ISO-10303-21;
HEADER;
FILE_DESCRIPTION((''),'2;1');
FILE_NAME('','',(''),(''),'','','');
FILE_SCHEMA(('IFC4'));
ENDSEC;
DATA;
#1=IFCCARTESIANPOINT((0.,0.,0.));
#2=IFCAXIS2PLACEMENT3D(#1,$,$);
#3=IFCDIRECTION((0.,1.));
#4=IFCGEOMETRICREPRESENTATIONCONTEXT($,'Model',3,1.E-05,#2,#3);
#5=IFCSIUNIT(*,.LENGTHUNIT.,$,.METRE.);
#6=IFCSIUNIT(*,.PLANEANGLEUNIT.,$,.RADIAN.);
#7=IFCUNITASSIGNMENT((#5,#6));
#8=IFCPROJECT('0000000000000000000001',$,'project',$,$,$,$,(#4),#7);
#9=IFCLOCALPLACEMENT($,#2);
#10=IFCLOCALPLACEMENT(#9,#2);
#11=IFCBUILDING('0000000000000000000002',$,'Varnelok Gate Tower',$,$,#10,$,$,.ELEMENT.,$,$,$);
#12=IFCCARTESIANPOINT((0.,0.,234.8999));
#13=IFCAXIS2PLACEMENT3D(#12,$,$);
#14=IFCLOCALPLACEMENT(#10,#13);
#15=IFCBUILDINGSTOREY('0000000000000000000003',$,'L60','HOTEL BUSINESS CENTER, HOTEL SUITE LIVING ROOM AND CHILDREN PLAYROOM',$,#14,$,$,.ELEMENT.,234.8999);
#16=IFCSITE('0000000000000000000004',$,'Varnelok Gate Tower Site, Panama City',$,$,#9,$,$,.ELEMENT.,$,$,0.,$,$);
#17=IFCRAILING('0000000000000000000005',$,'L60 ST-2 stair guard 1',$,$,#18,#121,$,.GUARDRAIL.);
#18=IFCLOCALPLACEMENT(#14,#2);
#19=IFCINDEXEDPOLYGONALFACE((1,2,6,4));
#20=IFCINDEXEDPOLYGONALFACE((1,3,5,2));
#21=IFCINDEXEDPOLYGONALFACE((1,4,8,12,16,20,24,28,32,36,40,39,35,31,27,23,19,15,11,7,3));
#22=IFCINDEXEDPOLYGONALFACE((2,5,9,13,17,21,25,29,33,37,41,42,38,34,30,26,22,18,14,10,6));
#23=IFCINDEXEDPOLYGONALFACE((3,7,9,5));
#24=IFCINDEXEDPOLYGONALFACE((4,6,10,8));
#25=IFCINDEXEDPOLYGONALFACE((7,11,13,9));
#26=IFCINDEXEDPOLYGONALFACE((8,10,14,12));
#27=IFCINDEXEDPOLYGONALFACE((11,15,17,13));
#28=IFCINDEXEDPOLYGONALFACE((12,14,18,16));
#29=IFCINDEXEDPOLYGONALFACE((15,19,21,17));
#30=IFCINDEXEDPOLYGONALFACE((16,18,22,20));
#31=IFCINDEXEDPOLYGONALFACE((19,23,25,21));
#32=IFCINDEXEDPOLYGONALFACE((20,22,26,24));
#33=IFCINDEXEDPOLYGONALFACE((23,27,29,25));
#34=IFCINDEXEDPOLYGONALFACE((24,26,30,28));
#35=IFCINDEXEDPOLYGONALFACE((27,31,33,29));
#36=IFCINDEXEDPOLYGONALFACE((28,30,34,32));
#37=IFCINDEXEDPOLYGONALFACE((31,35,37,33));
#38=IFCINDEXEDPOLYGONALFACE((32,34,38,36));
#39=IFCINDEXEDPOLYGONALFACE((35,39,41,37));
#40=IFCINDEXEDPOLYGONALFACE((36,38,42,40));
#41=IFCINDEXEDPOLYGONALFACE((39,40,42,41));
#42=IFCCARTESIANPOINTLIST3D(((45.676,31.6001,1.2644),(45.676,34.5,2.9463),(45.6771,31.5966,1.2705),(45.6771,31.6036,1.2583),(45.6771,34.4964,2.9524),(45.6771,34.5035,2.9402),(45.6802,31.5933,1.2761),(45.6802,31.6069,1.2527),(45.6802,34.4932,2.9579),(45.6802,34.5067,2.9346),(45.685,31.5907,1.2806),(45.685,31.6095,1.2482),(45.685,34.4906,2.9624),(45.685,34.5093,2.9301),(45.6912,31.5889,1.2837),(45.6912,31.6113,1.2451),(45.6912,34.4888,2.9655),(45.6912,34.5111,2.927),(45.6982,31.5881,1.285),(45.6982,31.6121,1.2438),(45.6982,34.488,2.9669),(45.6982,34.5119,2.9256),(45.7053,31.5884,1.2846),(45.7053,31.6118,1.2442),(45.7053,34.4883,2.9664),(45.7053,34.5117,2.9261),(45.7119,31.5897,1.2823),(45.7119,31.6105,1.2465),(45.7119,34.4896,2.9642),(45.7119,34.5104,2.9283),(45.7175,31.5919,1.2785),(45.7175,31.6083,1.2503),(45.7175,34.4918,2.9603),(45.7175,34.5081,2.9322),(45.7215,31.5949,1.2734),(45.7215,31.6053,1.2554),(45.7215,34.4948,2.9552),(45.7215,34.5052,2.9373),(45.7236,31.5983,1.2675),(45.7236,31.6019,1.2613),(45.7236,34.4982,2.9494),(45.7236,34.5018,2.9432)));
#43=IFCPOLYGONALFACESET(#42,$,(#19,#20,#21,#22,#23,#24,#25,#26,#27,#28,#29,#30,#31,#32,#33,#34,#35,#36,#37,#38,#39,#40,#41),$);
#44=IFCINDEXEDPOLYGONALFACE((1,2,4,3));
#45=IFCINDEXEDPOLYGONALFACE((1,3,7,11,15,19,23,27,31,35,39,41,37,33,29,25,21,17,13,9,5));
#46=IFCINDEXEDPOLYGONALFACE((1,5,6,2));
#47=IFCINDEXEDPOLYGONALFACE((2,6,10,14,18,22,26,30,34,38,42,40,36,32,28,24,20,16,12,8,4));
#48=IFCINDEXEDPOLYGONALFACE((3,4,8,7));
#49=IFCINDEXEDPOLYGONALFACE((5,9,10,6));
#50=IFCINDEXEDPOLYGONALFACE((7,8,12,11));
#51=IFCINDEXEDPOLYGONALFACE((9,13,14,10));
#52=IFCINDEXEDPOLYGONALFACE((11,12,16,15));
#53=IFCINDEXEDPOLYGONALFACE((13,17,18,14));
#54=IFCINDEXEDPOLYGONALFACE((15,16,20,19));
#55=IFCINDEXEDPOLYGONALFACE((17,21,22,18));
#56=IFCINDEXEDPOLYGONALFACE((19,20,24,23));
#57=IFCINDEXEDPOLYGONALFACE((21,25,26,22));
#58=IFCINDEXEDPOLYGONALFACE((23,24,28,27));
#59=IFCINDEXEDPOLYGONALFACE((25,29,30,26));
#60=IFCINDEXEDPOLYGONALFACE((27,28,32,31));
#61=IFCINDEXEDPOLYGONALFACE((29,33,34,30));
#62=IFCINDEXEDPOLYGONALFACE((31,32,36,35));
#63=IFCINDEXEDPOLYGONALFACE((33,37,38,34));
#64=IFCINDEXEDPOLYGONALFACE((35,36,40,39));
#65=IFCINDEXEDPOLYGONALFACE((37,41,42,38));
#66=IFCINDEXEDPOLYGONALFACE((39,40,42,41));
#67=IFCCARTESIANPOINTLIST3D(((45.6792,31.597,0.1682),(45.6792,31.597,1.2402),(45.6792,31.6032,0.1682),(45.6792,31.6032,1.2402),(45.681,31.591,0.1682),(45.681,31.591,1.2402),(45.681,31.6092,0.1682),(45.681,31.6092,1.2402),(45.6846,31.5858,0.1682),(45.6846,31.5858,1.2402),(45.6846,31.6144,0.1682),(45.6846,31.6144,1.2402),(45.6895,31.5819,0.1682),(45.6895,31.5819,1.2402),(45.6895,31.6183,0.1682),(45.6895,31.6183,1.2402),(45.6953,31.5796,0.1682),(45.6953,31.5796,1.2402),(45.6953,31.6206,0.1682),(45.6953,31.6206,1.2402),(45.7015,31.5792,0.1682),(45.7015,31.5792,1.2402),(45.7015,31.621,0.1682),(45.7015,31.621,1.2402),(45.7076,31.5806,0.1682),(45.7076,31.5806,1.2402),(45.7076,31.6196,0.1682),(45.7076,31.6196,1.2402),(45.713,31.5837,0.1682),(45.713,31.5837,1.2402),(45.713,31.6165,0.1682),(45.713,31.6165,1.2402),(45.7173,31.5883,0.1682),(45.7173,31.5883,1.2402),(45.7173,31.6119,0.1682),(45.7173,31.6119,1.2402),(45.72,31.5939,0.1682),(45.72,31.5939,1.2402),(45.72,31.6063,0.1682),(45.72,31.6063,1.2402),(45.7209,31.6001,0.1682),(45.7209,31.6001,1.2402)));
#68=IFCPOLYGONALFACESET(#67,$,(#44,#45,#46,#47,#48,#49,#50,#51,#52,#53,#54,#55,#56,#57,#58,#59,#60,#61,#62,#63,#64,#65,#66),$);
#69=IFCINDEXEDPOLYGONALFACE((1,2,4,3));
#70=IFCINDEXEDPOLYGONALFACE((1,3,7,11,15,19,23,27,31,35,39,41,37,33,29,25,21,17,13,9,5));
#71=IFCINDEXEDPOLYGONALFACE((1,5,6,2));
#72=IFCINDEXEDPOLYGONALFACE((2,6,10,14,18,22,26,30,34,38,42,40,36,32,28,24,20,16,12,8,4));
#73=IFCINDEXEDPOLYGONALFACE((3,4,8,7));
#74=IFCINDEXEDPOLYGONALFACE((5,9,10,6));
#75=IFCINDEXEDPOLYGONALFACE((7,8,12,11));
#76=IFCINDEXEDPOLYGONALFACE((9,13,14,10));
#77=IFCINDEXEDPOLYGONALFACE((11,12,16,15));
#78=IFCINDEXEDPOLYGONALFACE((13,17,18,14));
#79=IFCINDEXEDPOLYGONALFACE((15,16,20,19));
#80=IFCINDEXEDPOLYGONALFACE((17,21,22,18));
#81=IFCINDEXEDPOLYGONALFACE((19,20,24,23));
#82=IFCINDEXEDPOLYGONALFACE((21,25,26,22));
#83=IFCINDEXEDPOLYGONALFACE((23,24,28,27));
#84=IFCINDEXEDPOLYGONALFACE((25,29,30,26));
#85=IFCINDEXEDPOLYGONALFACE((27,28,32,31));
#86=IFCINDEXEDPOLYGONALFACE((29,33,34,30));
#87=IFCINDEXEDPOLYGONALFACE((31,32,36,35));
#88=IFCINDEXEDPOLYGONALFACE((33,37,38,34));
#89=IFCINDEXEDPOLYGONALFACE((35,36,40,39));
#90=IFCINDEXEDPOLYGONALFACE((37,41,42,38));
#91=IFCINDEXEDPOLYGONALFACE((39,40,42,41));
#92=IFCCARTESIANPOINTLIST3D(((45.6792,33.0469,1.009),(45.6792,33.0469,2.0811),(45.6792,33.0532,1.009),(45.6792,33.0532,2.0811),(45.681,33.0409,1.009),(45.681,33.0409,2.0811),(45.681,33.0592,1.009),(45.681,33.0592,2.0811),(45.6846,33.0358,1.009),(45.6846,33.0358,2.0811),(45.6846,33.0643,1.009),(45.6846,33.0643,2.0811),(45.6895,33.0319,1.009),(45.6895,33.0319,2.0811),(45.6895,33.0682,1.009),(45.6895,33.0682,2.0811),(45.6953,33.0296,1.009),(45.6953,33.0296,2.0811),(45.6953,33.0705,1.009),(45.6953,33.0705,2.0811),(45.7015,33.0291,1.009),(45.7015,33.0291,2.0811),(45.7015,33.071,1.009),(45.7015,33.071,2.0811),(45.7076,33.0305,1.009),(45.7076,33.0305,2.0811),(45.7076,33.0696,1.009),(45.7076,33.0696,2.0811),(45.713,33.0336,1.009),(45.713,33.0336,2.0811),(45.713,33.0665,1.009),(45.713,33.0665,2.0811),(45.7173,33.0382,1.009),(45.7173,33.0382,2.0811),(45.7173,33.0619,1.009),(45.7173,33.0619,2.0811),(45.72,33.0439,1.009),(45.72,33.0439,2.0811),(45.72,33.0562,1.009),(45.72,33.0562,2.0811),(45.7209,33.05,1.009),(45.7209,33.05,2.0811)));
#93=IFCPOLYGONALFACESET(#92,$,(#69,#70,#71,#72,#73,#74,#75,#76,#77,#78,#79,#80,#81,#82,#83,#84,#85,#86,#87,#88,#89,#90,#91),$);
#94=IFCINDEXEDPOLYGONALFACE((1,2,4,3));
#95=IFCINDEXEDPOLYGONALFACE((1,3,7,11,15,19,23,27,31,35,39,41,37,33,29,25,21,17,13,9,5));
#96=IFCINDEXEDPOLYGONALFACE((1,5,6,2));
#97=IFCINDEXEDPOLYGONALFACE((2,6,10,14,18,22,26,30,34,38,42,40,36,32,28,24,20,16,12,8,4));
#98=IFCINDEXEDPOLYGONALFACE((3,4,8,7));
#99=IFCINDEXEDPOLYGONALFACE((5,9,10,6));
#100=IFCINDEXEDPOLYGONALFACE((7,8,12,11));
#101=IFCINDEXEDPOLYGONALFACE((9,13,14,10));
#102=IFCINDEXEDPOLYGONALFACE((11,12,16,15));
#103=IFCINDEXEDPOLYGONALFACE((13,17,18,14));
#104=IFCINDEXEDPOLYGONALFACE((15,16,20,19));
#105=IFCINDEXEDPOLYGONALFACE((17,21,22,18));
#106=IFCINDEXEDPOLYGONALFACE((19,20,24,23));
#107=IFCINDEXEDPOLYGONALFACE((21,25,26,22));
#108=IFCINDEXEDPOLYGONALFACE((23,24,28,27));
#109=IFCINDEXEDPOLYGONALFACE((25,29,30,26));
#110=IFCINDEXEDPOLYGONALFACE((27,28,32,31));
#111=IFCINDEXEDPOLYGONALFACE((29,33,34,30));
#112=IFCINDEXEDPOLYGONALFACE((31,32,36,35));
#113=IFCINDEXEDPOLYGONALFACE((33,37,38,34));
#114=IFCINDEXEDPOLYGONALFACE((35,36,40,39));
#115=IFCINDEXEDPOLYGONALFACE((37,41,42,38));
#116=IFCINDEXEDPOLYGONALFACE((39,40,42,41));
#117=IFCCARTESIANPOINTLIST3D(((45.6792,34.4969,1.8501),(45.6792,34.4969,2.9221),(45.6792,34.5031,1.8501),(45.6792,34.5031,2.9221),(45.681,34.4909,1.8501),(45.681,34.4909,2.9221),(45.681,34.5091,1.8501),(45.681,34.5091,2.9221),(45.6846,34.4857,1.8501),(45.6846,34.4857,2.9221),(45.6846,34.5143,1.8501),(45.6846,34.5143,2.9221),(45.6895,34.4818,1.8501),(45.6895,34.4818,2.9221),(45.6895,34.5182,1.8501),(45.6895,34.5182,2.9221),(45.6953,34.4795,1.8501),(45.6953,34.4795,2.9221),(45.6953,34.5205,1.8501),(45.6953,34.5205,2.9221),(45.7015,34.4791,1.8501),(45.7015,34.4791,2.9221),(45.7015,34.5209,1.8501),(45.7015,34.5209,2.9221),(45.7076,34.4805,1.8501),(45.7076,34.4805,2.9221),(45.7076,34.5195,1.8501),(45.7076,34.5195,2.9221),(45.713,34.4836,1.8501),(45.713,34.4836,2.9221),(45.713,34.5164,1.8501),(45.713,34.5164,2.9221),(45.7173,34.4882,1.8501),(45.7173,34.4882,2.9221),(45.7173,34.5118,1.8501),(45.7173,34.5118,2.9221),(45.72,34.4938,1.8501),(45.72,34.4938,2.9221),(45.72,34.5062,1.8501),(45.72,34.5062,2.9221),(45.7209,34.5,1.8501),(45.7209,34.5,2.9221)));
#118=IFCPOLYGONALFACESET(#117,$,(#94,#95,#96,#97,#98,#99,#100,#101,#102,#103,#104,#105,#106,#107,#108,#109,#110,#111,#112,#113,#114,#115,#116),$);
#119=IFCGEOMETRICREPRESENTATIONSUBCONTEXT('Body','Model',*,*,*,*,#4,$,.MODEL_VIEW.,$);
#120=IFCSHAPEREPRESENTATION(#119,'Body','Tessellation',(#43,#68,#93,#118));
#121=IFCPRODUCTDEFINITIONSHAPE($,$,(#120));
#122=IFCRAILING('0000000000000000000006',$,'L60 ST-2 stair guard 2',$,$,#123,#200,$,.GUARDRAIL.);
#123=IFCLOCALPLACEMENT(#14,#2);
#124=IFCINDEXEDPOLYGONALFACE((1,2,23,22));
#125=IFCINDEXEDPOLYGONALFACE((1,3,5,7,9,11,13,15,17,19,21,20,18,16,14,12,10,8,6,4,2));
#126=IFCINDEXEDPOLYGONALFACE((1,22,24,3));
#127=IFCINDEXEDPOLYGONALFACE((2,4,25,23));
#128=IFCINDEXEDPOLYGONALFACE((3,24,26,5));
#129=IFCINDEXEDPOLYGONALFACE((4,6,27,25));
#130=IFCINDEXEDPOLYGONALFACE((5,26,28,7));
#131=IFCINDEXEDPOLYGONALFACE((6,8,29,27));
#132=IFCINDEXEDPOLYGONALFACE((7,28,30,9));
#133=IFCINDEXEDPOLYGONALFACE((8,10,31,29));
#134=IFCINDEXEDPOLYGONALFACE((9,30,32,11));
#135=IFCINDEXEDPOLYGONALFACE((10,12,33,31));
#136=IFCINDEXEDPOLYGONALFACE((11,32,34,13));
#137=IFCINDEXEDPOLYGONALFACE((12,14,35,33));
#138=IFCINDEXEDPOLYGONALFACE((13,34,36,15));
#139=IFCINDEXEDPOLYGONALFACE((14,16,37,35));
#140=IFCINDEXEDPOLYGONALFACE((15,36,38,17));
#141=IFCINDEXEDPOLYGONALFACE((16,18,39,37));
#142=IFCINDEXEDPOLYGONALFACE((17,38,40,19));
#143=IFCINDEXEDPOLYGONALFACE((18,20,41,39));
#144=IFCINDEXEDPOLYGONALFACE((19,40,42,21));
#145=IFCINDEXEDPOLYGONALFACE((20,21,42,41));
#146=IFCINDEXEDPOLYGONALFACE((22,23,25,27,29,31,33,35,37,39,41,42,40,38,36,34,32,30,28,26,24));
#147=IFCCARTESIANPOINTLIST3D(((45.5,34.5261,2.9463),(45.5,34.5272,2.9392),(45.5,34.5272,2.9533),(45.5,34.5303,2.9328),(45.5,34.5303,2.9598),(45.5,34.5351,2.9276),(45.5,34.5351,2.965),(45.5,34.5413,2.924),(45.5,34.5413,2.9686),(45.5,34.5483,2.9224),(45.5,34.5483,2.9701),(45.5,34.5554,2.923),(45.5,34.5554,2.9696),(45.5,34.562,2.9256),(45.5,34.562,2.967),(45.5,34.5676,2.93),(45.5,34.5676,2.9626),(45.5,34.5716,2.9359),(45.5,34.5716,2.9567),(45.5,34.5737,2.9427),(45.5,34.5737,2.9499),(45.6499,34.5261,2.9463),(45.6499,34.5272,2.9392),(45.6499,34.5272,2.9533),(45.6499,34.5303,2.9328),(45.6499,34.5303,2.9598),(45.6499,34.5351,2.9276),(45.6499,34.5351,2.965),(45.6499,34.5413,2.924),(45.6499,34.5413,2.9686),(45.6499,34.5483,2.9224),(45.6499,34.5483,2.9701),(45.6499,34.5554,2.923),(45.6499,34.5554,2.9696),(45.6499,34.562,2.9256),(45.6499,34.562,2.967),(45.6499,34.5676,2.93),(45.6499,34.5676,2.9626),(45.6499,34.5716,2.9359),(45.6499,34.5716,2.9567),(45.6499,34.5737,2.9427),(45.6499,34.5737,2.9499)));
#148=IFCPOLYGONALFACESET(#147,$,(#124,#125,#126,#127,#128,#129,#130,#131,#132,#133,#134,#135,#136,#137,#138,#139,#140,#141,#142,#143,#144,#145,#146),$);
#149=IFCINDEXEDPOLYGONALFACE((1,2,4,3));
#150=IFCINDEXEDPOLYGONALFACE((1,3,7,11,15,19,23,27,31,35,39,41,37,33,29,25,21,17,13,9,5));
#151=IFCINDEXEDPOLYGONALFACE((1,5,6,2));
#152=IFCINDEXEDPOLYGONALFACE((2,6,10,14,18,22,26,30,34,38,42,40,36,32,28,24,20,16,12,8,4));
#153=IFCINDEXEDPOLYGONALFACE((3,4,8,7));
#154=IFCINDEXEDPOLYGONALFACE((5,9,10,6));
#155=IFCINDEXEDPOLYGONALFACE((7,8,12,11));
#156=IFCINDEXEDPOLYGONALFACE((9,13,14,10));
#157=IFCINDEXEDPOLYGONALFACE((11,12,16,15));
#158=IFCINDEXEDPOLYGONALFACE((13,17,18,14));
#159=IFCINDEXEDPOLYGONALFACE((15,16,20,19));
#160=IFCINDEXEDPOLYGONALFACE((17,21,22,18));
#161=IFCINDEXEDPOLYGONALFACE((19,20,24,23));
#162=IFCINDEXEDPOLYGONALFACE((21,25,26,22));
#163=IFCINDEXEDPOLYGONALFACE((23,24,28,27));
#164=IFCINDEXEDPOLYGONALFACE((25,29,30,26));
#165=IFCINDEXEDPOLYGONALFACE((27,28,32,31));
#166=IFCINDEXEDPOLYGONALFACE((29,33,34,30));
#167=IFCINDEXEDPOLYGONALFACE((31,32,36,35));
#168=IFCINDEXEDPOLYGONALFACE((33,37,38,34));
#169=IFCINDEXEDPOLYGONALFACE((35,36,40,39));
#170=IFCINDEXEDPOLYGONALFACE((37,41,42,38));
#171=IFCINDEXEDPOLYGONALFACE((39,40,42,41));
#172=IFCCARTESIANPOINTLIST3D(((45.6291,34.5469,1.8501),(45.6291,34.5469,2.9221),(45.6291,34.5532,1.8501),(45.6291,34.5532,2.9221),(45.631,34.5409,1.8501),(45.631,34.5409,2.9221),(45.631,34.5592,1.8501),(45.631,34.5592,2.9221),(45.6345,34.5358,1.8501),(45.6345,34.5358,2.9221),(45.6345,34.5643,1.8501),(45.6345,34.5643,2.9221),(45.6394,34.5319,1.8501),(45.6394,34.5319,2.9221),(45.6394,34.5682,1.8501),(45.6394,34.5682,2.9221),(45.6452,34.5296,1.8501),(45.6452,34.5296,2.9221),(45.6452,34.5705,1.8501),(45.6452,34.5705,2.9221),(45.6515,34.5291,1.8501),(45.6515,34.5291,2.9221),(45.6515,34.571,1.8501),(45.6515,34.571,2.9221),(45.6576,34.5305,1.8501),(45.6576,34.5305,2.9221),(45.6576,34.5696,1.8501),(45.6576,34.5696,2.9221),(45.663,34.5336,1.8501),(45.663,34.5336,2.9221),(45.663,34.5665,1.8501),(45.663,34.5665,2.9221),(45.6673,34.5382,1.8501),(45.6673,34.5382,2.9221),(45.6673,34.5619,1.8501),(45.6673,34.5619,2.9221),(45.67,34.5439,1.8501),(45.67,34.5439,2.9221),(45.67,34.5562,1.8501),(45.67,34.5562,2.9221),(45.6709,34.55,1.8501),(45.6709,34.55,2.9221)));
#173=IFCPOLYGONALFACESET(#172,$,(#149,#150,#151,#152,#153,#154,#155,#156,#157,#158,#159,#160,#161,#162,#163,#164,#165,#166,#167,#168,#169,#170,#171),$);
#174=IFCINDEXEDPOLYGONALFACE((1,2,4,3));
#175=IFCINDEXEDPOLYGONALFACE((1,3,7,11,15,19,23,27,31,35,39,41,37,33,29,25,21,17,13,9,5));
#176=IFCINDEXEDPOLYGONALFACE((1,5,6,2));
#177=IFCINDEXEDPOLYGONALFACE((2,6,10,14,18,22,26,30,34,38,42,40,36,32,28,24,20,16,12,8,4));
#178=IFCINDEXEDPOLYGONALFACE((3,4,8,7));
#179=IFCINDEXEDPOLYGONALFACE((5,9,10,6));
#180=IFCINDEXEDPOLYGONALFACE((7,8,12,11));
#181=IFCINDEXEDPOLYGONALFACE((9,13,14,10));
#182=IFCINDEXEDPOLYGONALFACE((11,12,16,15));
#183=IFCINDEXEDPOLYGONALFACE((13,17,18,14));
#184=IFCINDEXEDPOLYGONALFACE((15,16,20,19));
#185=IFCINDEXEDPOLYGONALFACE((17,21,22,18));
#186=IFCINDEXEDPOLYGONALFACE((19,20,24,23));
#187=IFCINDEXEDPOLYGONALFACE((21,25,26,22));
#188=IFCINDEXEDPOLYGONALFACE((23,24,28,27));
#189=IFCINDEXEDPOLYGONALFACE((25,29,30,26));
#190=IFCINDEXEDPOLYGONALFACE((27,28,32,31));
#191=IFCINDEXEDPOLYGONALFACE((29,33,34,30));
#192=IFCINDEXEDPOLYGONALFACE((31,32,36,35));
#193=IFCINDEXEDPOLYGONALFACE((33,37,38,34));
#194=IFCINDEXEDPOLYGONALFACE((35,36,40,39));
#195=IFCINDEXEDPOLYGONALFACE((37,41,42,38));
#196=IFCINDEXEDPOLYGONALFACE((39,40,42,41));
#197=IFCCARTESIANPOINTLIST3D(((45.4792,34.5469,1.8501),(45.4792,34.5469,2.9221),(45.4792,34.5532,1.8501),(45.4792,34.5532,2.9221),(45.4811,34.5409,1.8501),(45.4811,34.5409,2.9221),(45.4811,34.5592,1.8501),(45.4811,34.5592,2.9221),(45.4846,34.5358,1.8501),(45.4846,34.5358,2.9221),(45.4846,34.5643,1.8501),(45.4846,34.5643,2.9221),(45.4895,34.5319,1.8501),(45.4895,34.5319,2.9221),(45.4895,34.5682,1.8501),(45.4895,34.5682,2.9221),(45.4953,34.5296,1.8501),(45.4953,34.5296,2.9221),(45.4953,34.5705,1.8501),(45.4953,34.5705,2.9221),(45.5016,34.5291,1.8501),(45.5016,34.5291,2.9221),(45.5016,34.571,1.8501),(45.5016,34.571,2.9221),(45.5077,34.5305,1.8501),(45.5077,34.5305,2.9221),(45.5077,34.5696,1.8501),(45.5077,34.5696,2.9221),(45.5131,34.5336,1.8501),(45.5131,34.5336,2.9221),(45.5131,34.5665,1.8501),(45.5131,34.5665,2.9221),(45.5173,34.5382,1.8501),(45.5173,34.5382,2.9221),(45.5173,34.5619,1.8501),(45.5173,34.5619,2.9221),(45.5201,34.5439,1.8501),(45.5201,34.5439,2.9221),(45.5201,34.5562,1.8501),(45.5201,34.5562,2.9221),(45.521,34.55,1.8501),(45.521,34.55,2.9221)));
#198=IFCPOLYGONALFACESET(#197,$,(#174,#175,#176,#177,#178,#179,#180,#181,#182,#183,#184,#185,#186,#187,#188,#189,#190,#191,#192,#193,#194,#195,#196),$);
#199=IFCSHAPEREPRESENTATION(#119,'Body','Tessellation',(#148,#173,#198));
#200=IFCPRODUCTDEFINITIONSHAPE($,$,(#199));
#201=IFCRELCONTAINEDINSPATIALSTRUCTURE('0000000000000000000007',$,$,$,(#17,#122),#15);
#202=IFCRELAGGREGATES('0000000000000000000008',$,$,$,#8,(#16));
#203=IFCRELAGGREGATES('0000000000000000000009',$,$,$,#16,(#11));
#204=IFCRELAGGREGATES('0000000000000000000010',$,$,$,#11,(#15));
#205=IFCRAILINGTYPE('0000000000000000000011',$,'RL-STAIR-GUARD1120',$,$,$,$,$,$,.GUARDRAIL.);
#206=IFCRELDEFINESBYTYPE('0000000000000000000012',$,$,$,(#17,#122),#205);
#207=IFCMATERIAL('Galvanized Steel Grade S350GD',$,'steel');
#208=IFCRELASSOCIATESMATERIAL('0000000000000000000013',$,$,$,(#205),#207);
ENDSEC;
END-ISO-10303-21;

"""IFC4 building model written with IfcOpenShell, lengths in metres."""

from ifc_helpers import new_model, si_unit, direction, frame, origin, origin_2d, place, context, subcontext, project, spatial, circle, extrude, material, type_object, element, save


model = new_model("IFC4")

# Units and contexts
model_context = context("Model", 3, precision=1e-05, world=origin(), true_north=direction((0.0, 1.0)))
body_context = subcontext(model_context, "Body", "Model", "MODEL_VIEW")
ifc_project = project(units=[si_unit("LENGTHUNIT", "METRE"), si_unit("PLANEANGLEUNIT", "RADIAN")], contexts=[model_context])

# Site, building, storey
site_placement = place(None, origin())
site = spatial("IfcSite", under=ifc_project, at=site_placement, Name="Varnelok Gate Tower Site, Panama City", CompositionType="ELEMENT", RefElevation=0.0)
building_placement = place(site_placement, origin())
building = spatial("IfcBuilding", under=site, at=building_placement, Name="Varnelok Gate Tower", CompositionType="ELEMENT")
storey_placement = place(building_placement, frame((0.0, 0.0, 234.8999)))
storey = spatial("IfcBuildingStorey", under=building, at=storey_placement, Name="L60", Description="HOTEL BUSINESS CENTER, HOTEL SUITE LIVING ROOM AND CHILDREN PLAYROOM", CompositionType="ELEMENT", Elevation=234.8999)

# Shared definitions
ifc_material_1 = material(Name="Galvanized Steel Grade S350GD", Category="steel")

# Railings
railing_type_1 = type_object("IfcRailingType", Name="RL-STAIR-GUARD1120", PredefinedType="GUARDRAIL", material=ifc_material_1)
railing_1_placement = place(storey_placement, frame((45.7, 31.6001, 0.1682)))
element("IfcRailing", 1, at=railing_1_placement, inside=storey, type_object=railing_type_1, Name="L60 ST-2 stair guard 1", PredefinedType="GUARDRAIL", context=body_context, shape_type="SweptSolid", body=[
    extrude(circle(Radius=0.0239, at=origin_2d()), frame((0.0, 0.0, 1.0962), z_axis=(0.0, 0.865039, 0.501705), x_axis=(-1.0, 0.0, 0.0)), (0.0, 0.0, 1.0), 3.3523),
    extrude(circle(Radius=0.021, at=origin_2d()), origin(), (0.0, 0.0, 1.0), 1.072),
    extrude(circle(Radius=0.021, at=origin_2d()), frame((0.0, 1.45, 0.8408)), (0.0, 0.0, 1.0), 1.072),
    extrude(circle(Radius=0.021, at=origin_2d()), frame((0.0, 2.8999, 1.6819)), (0.0, 0.0, 1.0), 1.072),
])
railing_2_placement = place(storey_placement, frame((45.6499, 34.55, 1.8501)))
element("IfcRailing", 2, at=railing_2_placement, inside=storey, type_object=railing_type_1, Name="L60 ST-2 stair guard 2", PredefinedType="GUARDRAIL", context=body_context, shape_type="SweptSolid", body=[
    extrude(circle(Radius=0.0239, at=origin_2d()), frame((0.0, 0.0, 1.0962), z_axis=(-1.0, 0.0, 0.0), x_axis=(0.0, -1.0, 0.0)), (0.0, 0.0, 1.0), 0.1499),
    extrude(circle(Radius=0.021, at=origin_2d()), origin(), (0.0, 0.0, 1.0), 1.072),
    extrude(circle(Radius=0.021, at=origin_2d()), frame((-0.1499, 0.0, 0.0)), (0.0, 0.0, 1.0), 1.072),
])

save(model, "model.ifc")
